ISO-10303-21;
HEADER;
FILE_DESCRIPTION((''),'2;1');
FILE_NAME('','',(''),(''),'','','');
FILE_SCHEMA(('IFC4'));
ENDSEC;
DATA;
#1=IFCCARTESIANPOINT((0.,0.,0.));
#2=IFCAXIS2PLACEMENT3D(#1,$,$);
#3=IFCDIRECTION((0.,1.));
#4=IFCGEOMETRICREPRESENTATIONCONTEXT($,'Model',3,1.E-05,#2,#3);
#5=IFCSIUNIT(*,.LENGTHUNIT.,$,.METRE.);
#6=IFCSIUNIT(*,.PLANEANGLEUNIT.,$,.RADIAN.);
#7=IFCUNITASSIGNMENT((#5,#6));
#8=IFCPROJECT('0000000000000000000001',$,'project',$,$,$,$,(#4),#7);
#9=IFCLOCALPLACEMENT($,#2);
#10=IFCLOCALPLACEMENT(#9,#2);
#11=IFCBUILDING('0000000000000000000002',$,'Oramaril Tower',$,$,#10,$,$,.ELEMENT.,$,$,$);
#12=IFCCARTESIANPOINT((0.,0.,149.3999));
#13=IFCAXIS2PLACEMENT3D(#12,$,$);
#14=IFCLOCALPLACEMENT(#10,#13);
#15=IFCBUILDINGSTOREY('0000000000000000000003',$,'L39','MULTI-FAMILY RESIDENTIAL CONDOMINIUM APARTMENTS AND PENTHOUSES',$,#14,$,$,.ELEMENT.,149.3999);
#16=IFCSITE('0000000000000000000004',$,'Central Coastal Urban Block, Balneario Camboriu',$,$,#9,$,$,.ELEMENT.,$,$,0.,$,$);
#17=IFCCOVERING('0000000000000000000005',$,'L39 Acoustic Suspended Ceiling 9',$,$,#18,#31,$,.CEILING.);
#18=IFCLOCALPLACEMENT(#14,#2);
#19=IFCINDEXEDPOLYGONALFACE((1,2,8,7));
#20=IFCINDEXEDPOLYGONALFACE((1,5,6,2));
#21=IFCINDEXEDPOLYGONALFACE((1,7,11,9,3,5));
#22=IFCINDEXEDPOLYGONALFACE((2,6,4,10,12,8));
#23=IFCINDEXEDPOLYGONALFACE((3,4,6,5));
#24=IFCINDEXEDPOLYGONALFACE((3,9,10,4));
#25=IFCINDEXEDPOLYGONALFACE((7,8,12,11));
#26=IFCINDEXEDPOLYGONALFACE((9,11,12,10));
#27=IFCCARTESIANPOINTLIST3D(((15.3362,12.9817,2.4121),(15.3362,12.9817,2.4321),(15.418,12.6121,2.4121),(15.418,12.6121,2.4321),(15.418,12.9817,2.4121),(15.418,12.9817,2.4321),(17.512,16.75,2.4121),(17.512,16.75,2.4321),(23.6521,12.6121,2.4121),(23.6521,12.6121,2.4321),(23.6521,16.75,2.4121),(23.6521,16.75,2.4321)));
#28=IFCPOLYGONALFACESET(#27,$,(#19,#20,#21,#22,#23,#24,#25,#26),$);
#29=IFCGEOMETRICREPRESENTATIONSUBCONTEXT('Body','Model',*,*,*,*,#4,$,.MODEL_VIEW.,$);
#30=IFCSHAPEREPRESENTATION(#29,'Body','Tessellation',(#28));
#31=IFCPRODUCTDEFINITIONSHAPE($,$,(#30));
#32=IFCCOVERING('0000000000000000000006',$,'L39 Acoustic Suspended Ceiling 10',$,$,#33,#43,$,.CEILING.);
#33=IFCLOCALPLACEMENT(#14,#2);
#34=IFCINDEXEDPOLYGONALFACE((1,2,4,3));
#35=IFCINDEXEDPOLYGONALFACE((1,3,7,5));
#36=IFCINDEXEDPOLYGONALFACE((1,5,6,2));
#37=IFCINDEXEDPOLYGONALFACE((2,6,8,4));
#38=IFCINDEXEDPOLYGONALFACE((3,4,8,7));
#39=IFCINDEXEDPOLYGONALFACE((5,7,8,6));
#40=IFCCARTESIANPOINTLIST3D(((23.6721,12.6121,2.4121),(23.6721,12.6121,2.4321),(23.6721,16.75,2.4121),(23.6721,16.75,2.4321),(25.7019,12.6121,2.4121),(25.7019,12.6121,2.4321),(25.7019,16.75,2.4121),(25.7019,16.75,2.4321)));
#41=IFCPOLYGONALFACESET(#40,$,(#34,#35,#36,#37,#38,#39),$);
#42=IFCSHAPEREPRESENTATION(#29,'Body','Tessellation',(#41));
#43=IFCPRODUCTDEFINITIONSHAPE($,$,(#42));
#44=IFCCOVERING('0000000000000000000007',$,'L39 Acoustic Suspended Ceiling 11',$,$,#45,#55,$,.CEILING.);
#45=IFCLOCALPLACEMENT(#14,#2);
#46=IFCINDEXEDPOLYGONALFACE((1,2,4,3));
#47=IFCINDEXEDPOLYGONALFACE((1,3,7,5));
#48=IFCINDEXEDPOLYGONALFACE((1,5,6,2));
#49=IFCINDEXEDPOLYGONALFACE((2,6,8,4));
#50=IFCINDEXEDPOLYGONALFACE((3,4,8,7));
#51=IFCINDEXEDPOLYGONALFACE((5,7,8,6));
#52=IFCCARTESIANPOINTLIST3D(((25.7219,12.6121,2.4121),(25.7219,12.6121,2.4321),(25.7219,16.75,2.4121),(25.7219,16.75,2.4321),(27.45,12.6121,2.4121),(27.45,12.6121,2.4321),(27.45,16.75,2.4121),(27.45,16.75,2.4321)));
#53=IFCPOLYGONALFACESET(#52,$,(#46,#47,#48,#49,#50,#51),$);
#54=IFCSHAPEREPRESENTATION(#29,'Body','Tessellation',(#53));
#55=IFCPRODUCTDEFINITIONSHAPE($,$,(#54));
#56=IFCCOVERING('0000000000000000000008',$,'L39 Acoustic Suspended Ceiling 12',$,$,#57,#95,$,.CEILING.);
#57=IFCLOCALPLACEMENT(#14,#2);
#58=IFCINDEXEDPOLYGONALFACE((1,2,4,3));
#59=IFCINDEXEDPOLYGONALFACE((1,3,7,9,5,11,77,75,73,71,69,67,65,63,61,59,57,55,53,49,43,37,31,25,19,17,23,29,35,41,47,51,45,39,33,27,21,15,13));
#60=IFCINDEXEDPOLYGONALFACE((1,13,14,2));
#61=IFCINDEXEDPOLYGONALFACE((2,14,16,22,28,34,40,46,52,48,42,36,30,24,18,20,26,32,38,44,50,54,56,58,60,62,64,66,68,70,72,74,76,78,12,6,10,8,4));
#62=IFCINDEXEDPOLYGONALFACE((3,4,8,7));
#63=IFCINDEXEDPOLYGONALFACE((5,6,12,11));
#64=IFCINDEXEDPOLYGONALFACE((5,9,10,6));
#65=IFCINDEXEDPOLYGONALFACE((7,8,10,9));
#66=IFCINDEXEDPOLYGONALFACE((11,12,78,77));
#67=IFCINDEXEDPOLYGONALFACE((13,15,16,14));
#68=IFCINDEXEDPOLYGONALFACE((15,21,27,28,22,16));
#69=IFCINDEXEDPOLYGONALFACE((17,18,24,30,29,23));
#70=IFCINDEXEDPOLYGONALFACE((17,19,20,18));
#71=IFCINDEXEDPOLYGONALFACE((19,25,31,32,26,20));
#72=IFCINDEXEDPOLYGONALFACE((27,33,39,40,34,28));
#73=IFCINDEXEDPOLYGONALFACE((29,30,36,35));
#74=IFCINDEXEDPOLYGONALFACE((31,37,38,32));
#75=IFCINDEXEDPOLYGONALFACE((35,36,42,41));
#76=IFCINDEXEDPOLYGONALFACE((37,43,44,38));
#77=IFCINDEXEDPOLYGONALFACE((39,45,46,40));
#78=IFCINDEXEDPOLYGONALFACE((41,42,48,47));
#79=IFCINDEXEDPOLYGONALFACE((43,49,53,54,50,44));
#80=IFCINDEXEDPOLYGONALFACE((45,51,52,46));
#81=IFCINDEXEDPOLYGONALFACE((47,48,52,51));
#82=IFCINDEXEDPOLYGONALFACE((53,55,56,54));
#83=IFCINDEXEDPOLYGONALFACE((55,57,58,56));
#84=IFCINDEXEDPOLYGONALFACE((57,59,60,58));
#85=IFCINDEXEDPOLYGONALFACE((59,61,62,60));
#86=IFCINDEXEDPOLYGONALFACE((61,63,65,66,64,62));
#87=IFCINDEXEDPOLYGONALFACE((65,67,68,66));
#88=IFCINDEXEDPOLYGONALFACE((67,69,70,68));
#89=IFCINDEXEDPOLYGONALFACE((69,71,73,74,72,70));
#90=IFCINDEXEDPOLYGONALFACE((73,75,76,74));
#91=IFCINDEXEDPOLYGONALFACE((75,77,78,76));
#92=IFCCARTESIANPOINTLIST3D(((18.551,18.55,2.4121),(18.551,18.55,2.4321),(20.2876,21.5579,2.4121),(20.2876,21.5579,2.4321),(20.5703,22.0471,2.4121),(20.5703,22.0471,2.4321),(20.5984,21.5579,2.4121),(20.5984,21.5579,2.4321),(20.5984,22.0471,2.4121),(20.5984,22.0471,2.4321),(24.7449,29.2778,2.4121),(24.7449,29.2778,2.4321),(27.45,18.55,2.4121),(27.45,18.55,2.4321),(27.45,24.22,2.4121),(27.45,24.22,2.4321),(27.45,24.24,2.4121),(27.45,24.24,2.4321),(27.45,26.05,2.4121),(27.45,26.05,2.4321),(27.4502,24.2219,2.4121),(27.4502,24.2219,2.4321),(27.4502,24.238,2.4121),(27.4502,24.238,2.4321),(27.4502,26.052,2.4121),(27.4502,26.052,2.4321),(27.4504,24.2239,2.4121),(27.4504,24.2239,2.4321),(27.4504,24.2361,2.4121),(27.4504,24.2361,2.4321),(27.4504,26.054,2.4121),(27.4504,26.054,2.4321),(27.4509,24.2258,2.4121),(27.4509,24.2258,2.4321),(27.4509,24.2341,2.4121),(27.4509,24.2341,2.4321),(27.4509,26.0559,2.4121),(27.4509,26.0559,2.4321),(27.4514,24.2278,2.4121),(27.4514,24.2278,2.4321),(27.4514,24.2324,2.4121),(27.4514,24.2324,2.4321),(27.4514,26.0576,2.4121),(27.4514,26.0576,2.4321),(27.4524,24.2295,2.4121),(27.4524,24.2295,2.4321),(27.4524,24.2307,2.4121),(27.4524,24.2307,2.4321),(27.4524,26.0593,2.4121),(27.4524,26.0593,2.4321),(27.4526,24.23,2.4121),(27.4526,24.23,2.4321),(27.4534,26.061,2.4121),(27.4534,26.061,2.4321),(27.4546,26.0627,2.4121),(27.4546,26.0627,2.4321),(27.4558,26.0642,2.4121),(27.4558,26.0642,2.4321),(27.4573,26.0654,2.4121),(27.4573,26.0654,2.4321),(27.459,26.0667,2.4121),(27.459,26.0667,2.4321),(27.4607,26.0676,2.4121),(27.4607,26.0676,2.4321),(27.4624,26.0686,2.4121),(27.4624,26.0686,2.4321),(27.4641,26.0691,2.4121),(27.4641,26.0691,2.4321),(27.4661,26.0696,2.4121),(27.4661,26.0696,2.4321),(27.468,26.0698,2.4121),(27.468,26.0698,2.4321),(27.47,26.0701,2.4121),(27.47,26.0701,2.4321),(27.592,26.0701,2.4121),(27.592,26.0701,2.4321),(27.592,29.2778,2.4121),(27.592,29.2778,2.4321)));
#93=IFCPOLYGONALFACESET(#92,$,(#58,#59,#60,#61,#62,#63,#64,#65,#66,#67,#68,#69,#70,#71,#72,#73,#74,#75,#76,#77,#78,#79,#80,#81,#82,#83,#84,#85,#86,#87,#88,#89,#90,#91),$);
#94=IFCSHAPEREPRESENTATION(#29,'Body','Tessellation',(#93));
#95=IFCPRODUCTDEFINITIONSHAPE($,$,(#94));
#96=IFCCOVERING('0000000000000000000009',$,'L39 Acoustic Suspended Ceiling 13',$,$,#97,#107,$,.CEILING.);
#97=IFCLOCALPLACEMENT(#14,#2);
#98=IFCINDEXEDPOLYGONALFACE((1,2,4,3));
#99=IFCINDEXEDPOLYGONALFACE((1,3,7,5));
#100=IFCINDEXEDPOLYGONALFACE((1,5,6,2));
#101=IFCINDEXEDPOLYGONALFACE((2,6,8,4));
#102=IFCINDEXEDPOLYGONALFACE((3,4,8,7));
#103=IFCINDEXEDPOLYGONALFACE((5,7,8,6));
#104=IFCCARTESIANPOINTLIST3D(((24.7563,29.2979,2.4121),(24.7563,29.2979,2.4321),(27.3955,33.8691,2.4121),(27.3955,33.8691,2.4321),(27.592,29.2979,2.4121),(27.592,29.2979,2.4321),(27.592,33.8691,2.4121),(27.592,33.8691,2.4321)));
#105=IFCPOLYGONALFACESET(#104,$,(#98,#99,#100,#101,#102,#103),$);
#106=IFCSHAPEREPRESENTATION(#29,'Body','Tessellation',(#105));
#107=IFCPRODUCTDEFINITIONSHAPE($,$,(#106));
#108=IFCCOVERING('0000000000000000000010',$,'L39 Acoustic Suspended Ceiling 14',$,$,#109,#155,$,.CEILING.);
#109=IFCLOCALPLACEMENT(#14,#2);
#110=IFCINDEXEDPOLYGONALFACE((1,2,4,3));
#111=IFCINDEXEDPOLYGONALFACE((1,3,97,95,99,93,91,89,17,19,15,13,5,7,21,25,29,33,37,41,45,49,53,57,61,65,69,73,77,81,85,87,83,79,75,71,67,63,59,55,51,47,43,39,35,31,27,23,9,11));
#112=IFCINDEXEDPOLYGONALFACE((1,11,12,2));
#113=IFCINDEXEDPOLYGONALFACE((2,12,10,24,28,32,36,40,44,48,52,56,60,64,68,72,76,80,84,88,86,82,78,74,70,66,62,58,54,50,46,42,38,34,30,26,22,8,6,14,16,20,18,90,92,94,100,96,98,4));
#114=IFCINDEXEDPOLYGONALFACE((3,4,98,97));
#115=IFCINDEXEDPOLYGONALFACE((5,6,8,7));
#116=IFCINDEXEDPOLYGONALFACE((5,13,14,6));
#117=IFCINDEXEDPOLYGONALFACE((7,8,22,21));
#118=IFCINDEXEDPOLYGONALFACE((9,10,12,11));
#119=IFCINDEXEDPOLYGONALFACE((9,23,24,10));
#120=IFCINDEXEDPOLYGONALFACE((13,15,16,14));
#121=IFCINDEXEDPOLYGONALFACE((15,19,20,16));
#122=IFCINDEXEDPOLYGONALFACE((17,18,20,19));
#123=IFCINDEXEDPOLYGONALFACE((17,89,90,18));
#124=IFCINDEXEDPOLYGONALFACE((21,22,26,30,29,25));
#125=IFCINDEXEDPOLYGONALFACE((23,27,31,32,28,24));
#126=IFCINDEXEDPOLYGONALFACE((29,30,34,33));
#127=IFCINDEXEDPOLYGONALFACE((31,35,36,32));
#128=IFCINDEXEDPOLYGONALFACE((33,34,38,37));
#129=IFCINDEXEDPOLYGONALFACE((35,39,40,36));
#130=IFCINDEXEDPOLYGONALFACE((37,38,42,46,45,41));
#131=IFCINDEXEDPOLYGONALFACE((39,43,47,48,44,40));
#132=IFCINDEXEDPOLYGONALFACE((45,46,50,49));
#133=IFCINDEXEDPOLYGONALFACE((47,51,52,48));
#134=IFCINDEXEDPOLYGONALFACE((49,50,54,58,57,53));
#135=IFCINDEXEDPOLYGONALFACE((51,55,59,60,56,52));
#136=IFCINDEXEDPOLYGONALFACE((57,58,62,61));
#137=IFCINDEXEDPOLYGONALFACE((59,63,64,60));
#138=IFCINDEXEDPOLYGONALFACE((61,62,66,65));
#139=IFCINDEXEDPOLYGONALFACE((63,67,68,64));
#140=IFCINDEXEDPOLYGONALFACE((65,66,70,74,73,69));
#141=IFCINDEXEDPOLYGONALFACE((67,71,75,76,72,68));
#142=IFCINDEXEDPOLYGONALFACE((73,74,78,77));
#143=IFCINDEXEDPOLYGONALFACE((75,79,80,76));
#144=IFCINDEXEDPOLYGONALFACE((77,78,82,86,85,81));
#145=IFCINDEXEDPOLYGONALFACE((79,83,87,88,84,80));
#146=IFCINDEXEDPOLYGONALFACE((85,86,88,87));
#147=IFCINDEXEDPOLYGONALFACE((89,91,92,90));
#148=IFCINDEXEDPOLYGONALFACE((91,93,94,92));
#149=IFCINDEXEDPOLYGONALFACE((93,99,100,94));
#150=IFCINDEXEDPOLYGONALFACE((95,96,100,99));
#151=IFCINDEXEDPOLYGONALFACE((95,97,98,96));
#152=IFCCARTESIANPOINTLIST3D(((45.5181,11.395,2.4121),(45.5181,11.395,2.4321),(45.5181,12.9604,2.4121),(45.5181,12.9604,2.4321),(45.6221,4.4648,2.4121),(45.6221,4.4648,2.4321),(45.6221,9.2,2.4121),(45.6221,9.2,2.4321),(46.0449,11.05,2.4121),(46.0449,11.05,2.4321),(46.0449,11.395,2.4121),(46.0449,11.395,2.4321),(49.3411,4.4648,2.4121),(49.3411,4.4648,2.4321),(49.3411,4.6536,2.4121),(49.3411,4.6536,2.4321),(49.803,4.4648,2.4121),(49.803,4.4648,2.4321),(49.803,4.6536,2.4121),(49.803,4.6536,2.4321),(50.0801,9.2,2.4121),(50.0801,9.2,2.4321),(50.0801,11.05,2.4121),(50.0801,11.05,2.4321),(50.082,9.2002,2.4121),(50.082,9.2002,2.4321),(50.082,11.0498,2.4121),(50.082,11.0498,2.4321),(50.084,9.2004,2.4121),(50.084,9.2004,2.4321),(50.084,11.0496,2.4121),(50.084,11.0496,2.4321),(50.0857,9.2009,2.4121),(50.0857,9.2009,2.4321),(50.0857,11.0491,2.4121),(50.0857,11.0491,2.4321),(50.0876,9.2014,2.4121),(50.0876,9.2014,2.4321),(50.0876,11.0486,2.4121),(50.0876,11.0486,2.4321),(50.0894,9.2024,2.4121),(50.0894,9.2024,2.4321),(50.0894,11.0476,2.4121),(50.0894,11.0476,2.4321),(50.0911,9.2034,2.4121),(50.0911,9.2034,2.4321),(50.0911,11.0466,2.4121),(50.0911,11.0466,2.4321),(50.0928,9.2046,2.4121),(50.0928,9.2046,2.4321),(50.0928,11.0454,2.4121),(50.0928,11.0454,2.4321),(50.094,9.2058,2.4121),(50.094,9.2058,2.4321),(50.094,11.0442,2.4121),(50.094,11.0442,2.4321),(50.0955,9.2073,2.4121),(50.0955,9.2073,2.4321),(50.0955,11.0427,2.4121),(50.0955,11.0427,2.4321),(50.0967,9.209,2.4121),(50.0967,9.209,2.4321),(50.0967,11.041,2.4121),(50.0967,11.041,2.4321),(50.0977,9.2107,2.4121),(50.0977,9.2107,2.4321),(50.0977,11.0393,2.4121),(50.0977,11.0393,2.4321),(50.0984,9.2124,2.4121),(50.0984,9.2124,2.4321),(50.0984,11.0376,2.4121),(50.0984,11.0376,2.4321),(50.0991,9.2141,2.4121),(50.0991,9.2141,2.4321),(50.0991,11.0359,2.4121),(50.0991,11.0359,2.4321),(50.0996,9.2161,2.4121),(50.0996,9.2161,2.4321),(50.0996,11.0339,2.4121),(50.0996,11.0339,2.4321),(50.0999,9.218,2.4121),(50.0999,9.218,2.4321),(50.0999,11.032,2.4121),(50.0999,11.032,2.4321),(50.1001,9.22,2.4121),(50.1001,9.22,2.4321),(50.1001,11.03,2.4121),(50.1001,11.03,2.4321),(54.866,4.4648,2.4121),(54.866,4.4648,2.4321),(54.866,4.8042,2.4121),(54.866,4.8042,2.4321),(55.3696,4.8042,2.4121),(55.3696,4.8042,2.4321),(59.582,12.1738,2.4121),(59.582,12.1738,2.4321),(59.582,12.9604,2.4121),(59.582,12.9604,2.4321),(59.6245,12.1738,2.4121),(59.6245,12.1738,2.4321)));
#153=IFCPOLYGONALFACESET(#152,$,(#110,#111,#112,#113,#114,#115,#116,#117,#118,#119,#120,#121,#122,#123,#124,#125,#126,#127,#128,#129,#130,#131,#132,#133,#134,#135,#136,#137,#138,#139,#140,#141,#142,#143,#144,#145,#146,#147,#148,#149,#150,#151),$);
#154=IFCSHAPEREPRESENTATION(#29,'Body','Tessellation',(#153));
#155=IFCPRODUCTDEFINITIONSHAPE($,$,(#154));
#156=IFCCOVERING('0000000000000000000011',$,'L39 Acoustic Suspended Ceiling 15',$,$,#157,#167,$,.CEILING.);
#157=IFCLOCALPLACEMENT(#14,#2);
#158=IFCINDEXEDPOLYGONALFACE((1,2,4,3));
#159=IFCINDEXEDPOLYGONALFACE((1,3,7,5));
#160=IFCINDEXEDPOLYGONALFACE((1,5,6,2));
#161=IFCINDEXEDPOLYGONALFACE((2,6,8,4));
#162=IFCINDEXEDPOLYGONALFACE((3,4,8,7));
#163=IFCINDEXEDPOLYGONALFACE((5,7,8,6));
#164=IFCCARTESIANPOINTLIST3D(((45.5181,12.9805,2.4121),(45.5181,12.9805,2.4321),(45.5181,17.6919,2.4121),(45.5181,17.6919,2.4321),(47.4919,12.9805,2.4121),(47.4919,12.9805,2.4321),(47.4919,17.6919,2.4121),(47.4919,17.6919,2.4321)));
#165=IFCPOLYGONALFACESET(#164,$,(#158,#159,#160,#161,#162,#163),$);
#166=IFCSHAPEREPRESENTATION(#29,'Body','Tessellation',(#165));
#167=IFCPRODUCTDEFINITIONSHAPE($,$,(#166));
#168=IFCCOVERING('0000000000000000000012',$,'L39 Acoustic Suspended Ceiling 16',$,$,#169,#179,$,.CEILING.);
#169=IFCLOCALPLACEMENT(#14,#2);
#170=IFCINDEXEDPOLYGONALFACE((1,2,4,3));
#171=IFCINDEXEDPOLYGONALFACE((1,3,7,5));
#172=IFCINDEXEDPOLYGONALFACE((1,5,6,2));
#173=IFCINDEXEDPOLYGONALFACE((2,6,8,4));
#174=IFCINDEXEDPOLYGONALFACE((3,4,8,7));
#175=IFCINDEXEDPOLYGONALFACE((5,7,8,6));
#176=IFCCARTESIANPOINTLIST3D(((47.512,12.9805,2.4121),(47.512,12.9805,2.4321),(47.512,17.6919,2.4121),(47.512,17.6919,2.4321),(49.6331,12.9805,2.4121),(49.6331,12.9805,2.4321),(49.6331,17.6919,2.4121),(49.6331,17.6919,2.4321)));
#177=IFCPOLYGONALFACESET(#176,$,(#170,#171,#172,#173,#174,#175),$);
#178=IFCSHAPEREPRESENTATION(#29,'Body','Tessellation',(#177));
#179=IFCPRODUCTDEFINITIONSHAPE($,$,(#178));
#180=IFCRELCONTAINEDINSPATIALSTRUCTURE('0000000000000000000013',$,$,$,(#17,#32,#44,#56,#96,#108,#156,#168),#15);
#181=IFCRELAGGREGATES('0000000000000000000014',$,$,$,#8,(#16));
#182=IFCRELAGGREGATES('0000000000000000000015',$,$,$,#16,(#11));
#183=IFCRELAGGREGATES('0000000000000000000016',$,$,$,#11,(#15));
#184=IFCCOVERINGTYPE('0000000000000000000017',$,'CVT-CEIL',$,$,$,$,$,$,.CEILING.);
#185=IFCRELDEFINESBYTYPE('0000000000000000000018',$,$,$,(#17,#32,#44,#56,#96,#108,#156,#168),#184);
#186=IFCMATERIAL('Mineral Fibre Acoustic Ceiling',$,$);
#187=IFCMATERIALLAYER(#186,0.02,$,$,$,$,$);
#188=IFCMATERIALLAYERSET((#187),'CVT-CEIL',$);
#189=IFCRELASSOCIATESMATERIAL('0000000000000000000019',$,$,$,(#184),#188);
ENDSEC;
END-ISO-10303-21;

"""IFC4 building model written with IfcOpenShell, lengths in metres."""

from ifc_helpers import new_model, si_unit, direction, frame, origin, place, context, subcontext, project, spatial, polyline, outline, extrude, material, layer, layer_set, type_object, element, save


model = new_model("IFC4")

# Units and contexts
model_context = context("Model", 3, precision=1e-05, world=origin(), true_north=direction((0.0, 1.0)))
body_context = subcontext(model_context, "Body", "Model", "MODEL_VIEW")
ifc_project = project(units=[si_unit("LENGTHUNIT", "METRE"), si_unit("PLANEANGLEUNIT", "RADIAN")], contexts=[model_context])

# Site, building, storey
site_placement = place(None, origin())
site = spatial("IfcSite", under=ifc_project, at=site_placement, Name="Central Coastal Urban Block, Balneario Camboriu", CompositionType="ELEMENT", RefElevation=0.0)
building_placement = place(site_placement, origin())
building = spatial("IfcBuilding", under=site, at=building_placement, Name="Oramaril Tower", CompositionType="ELEMENT")
storey_placement = place(building_placement, frame((0.0, 0.0, 149.3999)))
storey = spatial("IfcBuildingStorey", under=building, at=storey_placement, Name="L39", Description="MULTI-FAMILY RESIDENTIAL CONDOMINIUM APARTMENTS AND PENTHOUSES", CompositionType="ELEMENT", Elevation=149.3999)

# Coverings
ifc_material_1 = material(Name="Mineral Fibre Acoustic Ceiling")
ifc_layer_1 = layer(ifc_material_1, 0.02)
ifc_layer_set_1 = layer_set([ifc_layer_1], Name="CVT-CEIL")
covering_type_1 = type_object("IfcCoveringType", Name="CVT-CEIL", PredefinedType="CEILING", material=ifc_layer_set_1)
covering_1_placement = place(storey_placement, frame((0.0, 0.0, 2.4121)))
element("IfcCovering", 1, at=covering_1_placement, inside=storey, type_object=covering_type_1, Name="L39 Acoustic Suspended Ceiling 9", PredefinedType="CEILING", context=body_context, shape_type="SweptSolid", body=[
    extrude(outline(polyline([(23.6521, 12.6121), (15.418, 12.6121), (15.418, 12.9817), (15.3362, 12.9817), (17.512, 16.75), (23.6521, 16.75), (23.6521, 12.6121)])), origin(), (0.0, 0.0, 1.0), 0.02),
])
covering_2_placement = place(storey_placement, frame((0.0, 0.0, 2.4121)))
element("IfcCovering", 2, at=covering_2_placement, inside=storey, type_object=covering_type_1, Name="L39 Acoustic Suspended Ceiling 10", PredefinedType="CEILING", context=body_context, shape_type="SweptSolid", body=[
    extrude(outline(polyline([(25.7019, 12.6121), (23.6721, 12.6121), (23.6721, 16.75), (25.7019, 16.75), (25.7019, 12.6121)])), origin(), (0.0, 0.0, 1.0), 0.02),
])
covering_3_placement = place(storey_placement, frame((0.0, 0.0, 2.4121)))
element("IfcCovering", 3, at=covering_3_placement, inside=storey, type_object=covering_type_1, Name="L39 Acoustic Suspended Ceiling 11", PredefinedType="CEILING", context=body_context, shape_type="SweptSolid", body=[
    extrude(outline(polyline([(25.7219, 16.75), (27.45, 16.75), (27.45, 12.6121), (25.7219, 12.6121), (25.7219, 16.75)])), origin(), (0.0, 0.0, 1.0), 0.02),
])
covering_4_placement = place(storey_placement, frame((0.0, 0.0, 2.4121)))
element("IfcCovering", 4, at=covering_4_placement, inside=storey, type_object=covering_type_1, Name="L39 Acoustic Suspended Ceiling 12", PredefinedType="CEILING", context=body_context, shape_type="SweptSolid", body=[
    extrude(outline(polyline([(27.592, 26.0701), (27.47, 26.0701), (27.468, 26.0698), (27.4661, 26.0696), (27.4641, 26.0691), (27.4624, 26.0686), (27.4607, 26.0676), (27.459, 26.0667), (27.4573, 26.0654), (27.4558, 26.0642), (27.4546, 26.0627), (27.4534, 26.061), (27.4524, 26.0593), (27.4514, 26.0576), (27.4509, 26.0559), (27.4504, 26.054), (27.4502, 26.052), (27.45, 26.05), (27.45, 24.24), (27.4502, 24.238), (27.4504, 24.2361), (27.4509, 24.2341), (27.4514, 24.2324), (27.4524, 24.2307), (27.4526, 24.23), (27.4524, 24.2295), (27.4514, 24.2278), (27.4509, 24.2258), (27.4504, 24.2239), (27.4502, 24.2219), (27.45, 24.22), (27.45, 18.55), (18.551, 18.55), (20.2876, 21.5579), (20.5984, 21.5579), (20.5984, 22.0471), (20.5703, 22.0471), (24.7449, 29.2778), (27.592, 29.2778), (27.592, 26.0701)])), origin(), (0.0, 0.0, 1.0), 0.02),
])
covering_5_placement = place(storey_placement, frame((0.0, 0.0, 2.4121)))
element("IfcCovering", 5, at=covering_5_placement, inside=storey, type_object=covering_type_1, Name="L39 Acoustic Suspended Ceiling 13", PredefinedType="CEILING", context=body_context, shape_type="SweptSolid", body=[
    extrude(outline(polyline([(27.3955, 33.8691), (27.592, 33.8691), (27.592, 29.2979), (24.7563, 29.2979), (27.3955, 33.8691)])), origin(), (0.0, 0.0, 1.0), 0.02),
])
covering_6_placement = place(storey_placement, frame((0.0, 0.0, 2.4121)))
element("IfcCovering", 6, at=covering_6_placement, inside=storey, type_object=covering_type_1, Name="L39 Acoustic Suspended Ceiling 14", PredefinedType="CEILING", context=body_context, shape_type="SweptSolid", body=[
    extrude(outline(polyline([(46.0449, 11.395), (45.5181, 11.395), (45.5181, 12.9604), (59.582, 12.9604), (59.582, 12.1738), (59.6245, 12.1738), (55.3696, 4.8042), (54.866, 4.8042), (54.866, 4.4648), (49.803, 4.4648), (49.803, 4.6536), (49.3411, 4.6536), (49.3411, 4.4648), (45.6221, 4.4648), (45.6221, 9.2), (50.0801, 9.2), (50.082, 9.2002), (50.084, 9.2004), (50.0857, 9.2009), (50.0876, 9.2014), (50.0894, 9.2024), (50.0911, 9.2034), (50.0928, 9.2046), (50.094, 9.2058), (50.0955, 9.2073), (50.0967, 9.209), (50.0977, 9.2107), (50.0984, 9.2124), (50.0991, 9.2141), (50.0996, 9.2161), (50.0999, 9.218), (50.1001, 9.22), (50.1001, 11.03), (50.0999, 11.032), (50.0996, 11.0339), (50.0991, 11.0359), (50.0984, 11.0376), (50.0977, 11.0393), (50.0967, 11.041), (50.0955, 11.0427), (50.094, 11.0442), (50.0928, 11.0454), (50.0911, 11.0466), (50.0894, 11.0476), (50.0876, 11.0486), (50.0857, 11.0491), (50.084, 11.0496), (50.082, 11.0498), (50.0801, 11.05), (46.0449, 11.05), (46.0449, 11.395)])), origin(), (0.0, 0.0, 1.0), 0.02),
])
covering_7_placement = place(storey_placement, frame((0.0, 0.0, 2.4121)))
element("IfcCovering", 7, at=covering_7_placement, inside=storey, type_object=covering_type_1, Name="L39 Acoustic Suspended Ceiling 15", PredefinedType="CEILING", context=body_context, shape_type="SweptSolid", body=[
    extrude(outline(polyline([(45.5181, 17.6919), (47.4919, 17.6919), (47.4919, 12.9805), (45.5181, 12.9805), (45.5181, 17.6919)])), origin(), (0.0, 0.0, 1.0), 0.02),
])
covering_8_placement = place(storey_placement, frame((0.0, 0.0, 2.4121)))
element("IfcCovering", 8, at=covering_8_placement, inside=storey, type_object=covering_type_1, Name="L39 Acoustic Suspended Ceiling 16", PredefinedType="CEILING", context=body_context, shape_type="SweptSolid", body=[
    extrude(outline(polyline([(49.6331, 17.6919), (49.6331, 12.9805), (47.512, 12.9805), (47.512, 17.6919), (49.6331, 17.6919)])), origin(), (0.0, 0.0, 1.0), 0.02),
])

save(model, "model.ifc")
